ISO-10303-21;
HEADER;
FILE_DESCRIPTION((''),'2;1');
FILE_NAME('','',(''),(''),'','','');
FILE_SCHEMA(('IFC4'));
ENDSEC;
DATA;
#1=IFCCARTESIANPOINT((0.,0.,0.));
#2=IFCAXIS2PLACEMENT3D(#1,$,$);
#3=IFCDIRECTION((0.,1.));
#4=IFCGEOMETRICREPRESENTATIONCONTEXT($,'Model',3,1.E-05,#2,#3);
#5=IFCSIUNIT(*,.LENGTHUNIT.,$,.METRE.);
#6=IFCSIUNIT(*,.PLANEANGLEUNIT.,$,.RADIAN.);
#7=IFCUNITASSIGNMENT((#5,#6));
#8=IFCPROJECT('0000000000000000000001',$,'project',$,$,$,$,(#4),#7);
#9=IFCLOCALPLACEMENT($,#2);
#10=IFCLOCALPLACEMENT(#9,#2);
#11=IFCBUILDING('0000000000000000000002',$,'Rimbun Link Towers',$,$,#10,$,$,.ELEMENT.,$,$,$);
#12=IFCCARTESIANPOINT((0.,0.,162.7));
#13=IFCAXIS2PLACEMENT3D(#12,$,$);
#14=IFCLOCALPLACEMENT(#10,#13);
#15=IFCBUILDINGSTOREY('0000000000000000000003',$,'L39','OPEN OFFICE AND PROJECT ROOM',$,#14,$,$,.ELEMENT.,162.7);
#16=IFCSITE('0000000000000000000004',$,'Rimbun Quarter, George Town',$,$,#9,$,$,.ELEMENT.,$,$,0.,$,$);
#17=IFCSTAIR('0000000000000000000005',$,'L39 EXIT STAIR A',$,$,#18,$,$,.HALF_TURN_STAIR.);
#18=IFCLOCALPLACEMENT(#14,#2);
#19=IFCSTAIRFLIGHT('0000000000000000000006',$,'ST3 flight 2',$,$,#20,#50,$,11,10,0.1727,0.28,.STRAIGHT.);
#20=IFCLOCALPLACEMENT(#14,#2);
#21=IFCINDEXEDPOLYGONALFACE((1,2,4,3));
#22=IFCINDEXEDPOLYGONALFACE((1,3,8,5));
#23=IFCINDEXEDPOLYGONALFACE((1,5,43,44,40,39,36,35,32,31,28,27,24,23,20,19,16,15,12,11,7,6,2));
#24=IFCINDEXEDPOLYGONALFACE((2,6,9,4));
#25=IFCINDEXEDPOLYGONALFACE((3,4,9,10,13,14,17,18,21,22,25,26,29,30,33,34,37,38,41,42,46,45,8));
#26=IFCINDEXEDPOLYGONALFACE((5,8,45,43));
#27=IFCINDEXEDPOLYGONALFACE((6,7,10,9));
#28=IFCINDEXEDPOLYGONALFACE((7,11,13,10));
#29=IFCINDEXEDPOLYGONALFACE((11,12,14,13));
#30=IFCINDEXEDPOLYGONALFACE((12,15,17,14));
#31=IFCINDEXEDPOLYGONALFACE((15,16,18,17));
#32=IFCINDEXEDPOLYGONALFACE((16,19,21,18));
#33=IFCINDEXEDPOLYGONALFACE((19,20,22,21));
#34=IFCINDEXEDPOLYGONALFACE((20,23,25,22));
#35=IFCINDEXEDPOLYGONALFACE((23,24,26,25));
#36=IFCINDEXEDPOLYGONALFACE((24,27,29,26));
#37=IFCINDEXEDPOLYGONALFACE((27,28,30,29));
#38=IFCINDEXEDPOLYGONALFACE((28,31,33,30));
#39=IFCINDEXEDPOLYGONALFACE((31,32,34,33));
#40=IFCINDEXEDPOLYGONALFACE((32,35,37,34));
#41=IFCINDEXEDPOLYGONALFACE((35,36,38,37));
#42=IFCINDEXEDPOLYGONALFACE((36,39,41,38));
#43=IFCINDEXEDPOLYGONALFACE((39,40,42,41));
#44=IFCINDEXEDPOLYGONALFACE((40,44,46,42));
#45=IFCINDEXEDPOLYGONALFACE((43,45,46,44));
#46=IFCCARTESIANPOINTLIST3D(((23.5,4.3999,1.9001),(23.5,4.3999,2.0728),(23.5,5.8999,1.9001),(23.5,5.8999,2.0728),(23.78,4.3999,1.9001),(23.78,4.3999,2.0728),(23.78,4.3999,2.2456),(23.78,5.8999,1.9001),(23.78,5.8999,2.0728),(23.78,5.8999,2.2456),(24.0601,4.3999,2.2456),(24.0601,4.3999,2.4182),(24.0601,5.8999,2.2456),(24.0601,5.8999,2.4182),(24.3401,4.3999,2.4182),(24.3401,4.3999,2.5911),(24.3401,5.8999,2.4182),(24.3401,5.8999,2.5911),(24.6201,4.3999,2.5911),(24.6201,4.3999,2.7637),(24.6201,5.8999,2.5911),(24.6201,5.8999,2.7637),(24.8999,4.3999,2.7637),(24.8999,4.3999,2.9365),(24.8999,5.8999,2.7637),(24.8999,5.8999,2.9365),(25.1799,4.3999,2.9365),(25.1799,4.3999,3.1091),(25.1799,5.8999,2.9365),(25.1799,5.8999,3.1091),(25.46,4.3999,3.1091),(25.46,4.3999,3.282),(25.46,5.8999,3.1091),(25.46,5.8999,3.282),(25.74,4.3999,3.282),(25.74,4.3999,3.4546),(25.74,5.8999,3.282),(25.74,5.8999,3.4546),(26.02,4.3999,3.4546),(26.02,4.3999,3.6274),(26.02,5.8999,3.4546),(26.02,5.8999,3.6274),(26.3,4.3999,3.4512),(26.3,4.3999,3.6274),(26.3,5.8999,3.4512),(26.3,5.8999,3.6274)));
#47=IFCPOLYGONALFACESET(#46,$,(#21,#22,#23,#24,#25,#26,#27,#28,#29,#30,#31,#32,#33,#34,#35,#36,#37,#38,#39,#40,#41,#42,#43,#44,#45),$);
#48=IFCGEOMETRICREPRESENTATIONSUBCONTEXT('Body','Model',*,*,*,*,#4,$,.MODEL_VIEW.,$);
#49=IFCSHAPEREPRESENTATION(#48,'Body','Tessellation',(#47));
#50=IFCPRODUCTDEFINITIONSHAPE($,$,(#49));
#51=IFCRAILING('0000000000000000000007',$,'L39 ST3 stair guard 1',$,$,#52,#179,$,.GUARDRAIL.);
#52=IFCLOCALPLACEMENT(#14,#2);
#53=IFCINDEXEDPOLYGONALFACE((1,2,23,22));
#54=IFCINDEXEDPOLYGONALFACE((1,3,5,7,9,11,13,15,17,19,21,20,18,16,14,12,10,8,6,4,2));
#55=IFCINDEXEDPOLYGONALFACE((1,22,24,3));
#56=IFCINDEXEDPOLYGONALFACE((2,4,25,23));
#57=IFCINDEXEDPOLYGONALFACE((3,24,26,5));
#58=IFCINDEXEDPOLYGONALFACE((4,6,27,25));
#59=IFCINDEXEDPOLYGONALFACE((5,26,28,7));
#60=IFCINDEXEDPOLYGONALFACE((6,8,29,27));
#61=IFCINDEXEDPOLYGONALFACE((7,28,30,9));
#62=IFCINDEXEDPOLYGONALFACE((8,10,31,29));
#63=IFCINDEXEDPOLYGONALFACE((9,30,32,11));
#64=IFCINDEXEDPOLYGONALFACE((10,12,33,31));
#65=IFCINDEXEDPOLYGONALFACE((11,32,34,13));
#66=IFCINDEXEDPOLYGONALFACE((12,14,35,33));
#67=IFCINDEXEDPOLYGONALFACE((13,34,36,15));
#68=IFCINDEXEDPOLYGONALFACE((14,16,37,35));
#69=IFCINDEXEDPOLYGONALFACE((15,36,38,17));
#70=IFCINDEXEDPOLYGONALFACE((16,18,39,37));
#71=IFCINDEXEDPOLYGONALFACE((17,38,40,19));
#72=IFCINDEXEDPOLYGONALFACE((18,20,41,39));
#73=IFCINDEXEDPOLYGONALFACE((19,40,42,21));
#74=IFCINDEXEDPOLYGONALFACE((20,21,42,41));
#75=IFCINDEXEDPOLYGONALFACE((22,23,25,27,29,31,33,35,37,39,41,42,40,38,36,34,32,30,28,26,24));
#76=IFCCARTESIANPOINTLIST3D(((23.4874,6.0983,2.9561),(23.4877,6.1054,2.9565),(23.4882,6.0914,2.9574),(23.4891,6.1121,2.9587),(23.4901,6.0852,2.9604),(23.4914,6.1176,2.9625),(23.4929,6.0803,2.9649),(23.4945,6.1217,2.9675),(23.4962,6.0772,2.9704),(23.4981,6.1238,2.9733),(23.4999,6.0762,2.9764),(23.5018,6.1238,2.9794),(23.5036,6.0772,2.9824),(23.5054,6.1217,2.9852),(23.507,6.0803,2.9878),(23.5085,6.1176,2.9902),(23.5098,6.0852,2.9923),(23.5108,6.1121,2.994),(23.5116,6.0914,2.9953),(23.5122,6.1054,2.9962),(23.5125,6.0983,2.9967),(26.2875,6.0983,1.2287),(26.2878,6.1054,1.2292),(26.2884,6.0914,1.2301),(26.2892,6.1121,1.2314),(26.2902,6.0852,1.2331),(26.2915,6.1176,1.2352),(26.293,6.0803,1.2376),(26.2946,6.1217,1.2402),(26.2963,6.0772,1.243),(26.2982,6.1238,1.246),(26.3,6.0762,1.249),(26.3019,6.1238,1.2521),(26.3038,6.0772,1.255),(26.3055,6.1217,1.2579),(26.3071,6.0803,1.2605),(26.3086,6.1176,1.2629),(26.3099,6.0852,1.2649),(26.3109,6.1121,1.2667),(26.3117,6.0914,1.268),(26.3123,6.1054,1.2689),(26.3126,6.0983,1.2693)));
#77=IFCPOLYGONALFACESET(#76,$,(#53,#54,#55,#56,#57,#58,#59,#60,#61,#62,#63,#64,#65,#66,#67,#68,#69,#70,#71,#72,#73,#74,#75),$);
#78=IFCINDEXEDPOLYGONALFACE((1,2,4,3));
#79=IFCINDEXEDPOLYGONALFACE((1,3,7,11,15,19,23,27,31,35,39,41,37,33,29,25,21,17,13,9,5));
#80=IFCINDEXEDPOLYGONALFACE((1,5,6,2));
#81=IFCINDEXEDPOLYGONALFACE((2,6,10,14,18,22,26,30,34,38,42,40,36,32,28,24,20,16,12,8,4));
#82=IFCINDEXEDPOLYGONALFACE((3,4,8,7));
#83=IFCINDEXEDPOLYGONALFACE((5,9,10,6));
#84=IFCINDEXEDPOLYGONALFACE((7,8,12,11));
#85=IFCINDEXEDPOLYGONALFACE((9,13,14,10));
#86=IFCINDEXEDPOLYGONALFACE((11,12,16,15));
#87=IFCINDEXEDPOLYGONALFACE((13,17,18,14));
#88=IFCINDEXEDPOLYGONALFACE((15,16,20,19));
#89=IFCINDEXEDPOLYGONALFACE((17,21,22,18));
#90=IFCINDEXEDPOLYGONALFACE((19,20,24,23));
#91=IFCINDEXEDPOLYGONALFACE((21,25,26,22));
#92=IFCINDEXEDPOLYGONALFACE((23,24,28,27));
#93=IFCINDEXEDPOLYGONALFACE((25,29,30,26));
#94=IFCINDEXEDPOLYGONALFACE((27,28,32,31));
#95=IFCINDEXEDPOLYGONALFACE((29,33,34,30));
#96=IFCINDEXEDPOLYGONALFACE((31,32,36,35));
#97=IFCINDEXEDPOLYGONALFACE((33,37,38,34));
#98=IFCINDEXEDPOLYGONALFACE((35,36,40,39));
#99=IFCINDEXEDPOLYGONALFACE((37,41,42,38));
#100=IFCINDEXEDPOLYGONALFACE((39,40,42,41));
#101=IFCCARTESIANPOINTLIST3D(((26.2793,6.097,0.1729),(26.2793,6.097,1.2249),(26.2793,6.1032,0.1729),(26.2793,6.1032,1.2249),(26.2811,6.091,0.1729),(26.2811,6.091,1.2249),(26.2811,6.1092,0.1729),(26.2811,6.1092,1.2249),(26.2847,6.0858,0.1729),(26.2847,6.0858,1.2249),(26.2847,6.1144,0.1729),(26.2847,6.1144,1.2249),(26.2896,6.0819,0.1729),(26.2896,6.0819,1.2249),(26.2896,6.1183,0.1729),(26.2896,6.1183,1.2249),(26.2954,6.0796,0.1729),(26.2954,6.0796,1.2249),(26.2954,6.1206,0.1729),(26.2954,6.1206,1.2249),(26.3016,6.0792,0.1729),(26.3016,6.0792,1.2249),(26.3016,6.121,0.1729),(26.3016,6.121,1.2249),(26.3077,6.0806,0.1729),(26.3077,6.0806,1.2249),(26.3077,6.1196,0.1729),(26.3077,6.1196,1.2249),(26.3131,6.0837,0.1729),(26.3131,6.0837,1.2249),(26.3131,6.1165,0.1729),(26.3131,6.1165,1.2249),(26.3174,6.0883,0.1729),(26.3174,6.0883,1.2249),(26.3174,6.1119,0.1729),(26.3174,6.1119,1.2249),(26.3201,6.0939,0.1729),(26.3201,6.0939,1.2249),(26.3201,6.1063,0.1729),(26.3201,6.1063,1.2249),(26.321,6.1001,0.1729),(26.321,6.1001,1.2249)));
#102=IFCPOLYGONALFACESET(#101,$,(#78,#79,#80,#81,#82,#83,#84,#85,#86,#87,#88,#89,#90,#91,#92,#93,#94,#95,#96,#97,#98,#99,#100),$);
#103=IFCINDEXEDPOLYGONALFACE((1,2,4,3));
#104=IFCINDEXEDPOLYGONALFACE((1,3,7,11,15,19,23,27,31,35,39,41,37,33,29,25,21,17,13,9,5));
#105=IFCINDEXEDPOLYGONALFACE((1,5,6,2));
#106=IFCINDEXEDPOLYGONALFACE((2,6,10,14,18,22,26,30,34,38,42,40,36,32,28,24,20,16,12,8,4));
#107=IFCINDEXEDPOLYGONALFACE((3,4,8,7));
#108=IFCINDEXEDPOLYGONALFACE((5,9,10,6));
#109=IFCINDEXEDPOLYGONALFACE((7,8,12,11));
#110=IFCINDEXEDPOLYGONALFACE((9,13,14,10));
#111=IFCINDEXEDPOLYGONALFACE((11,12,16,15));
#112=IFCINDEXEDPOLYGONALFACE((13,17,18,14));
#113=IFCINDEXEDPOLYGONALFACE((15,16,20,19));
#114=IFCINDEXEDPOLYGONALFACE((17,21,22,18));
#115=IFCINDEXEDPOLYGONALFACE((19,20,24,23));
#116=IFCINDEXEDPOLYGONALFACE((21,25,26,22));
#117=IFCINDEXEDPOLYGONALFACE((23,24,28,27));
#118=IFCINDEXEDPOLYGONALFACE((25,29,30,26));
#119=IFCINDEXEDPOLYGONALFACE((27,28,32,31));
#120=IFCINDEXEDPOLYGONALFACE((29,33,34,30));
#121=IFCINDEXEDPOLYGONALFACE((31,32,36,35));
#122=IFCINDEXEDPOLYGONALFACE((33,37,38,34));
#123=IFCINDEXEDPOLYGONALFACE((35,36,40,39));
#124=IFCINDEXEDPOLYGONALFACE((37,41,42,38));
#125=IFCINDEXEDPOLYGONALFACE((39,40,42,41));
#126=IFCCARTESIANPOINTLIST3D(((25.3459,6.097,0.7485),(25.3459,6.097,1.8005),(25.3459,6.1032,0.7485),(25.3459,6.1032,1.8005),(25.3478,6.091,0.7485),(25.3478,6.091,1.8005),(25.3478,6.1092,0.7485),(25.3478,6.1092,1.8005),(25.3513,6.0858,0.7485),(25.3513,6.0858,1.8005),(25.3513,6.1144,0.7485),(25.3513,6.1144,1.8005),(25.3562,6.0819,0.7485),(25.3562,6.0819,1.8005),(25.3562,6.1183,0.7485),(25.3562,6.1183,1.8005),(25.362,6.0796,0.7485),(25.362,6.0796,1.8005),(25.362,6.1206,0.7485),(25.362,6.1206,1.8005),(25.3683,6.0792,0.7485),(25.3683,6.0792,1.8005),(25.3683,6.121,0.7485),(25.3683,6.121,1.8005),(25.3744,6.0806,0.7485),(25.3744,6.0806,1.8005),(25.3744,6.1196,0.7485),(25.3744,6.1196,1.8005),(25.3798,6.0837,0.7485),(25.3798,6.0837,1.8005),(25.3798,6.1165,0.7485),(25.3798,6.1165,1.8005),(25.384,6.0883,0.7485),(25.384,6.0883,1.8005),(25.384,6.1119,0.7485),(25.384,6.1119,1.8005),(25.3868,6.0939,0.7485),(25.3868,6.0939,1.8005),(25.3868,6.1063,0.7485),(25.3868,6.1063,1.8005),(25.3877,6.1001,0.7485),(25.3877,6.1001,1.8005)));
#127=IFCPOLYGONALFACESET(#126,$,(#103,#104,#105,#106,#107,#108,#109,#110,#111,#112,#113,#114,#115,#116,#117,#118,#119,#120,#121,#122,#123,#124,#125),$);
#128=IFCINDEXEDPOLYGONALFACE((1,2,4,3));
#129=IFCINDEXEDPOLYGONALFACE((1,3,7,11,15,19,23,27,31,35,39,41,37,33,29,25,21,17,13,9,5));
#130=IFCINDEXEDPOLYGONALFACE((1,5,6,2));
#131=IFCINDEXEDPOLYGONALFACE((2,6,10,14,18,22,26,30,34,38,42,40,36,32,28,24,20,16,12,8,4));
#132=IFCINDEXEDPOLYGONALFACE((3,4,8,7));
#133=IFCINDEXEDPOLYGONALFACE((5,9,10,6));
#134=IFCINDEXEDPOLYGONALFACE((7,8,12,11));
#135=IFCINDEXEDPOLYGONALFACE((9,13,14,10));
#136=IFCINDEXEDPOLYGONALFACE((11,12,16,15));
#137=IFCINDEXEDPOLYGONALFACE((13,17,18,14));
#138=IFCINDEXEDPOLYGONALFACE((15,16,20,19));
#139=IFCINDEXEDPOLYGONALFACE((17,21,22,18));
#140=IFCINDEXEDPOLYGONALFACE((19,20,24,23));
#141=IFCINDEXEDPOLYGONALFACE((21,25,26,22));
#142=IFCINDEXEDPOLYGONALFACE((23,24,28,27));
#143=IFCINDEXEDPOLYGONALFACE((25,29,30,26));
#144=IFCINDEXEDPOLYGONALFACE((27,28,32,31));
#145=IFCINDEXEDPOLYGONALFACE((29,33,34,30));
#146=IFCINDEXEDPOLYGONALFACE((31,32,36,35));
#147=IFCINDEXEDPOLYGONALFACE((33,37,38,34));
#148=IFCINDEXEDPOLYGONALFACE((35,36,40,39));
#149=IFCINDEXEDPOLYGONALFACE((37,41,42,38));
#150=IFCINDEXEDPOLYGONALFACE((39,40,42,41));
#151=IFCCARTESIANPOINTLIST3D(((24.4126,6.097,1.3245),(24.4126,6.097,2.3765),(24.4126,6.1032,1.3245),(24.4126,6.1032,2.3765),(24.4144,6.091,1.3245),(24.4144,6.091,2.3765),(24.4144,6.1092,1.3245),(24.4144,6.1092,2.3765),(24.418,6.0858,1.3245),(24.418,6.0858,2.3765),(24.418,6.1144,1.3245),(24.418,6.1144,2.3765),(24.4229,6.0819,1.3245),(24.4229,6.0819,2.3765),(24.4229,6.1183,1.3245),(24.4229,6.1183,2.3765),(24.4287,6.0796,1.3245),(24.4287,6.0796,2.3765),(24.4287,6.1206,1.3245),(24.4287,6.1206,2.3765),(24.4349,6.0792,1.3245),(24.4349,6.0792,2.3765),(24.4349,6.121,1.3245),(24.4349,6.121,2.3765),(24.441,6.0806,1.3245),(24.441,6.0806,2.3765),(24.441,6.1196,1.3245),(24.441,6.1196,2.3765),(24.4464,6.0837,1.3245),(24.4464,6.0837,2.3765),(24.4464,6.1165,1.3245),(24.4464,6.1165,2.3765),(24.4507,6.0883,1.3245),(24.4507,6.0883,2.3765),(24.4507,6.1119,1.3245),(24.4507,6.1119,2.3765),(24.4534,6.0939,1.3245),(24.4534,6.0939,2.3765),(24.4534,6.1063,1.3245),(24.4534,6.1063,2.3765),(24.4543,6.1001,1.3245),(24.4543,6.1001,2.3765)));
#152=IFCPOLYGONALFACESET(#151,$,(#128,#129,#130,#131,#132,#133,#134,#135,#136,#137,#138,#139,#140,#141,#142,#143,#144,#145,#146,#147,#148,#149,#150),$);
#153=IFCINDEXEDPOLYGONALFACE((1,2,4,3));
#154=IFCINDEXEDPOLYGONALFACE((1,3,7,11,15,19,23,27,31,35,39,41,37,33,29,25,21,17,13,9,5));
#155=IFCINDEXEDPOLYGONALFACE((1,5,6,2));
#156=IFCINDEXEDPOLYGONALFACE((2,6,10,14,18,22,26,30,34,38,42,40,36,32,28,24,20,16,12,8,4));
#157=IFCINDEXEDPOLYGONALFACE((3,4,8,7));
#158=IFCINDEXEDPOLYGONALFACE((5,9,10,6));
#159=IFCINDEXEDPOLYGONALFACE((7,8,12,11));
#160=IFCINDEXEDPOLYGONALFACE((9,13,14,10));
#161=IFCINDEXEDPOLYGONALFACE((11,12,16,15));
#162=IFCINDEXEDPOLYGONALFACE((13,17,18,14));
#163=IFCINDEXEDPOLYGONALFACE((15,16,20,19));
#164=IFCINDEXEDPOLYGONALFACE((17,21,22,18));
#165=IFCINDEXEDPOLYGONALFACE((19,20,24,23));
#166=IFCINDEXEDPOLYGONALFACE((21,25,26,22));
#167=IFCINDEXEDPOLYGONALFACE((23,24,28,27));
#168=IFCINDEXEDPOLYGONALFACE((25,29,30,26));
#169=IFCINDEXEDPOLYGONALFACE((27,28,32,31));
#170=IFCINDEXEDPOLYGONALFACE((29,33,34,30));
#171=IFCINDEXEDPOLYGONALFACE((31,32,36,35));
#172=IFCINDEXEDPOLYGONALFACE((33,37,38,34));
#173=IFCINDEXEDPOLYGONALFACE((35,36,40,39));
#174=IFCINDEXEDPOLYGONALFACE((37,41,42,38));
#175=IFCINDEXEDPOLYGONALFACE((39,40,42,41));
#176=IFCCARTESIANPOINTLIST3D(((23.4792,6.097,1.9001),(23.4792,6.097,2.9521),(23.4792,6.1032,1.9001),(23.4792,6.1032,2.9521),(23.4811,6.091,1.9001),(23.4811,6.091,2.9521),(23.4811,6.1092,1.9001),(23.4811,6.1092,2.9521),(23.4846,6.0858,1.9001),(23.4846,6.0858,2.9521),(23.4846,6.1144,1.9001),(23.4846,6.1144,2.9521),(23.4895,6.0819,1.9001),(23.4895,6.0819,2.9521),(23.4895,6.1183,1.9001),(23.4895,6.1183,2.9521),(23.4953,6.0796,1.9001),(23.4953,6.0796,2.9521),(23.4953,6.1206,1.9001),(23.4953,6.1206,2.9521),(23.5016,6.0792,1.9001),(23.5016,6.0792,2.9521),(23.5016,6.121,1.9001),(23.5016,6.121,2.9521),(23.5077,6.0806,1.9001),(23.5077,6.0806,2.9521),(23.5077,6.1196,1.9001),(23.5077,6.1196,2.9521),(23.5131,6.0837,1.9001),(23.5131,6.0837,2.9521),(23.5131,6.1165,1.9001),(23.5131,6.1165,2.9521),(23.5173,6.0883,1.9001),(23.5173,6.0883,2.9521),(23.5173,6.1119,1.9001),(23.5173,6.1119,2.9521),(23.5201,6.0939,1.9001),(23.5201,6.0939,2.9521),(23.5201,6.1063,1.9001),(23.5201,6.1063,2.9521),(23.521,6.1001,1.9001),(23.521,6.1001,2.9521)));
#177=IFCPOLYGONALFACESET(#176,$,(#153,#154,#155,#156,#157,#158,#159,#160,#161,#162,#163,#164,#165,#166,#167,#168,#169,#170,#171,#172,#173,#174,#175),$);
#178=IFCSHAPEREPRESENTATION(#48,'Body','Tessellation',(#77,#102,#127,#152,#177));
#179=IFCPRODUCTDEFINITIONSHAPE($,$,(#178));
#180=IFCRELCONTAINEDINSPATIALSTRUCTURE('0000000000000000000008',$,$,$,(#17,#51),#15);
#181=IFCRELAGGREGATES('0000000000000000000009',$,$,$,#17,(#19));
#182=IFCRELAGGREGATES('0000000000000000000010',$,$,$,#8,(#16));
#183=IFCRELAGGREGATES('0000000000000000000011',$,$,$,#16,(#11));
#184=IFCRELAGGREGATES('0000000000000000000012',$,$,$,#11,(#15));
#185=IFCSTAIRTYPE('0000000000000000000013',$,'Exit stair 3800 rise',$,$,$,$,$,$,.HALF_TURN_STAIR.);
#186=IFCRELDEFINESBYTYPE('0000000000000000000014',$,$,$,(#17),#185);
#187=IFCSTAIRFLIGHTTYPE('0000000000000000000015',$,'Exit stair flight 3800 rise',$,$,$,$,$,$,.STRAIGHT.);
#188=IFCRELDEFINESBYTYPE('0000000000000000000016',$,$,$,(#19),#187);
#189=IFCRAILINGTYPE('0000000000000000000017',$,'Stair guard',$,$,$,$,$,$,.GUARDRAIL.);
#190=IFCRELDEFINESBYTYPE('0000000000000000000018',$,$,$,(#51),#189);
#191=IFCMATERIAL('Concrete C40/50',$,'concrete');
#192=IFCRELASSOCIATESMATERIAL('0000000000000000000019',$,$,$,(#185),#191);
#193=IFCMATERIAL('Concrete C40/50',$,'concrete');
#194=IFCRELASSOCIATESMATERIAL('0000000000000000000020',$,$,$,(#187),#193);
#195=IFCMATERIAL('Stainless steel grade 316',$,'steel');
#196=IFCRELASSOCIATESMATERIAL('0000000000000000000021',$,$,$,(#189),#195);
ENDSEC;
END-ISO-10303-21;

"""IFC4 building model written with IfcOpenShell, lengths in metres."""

from ifc_helpers import new_model, si_unit, direction, frame, origin, origin_2d, place, context, subcontext, project, spatial, polyline, circle, outline, extrude, material, type_object, element, aggregate, save


model = new_model("IFC4")

# Units and contexts
model_context = context("Model", 3, precision=1e-05, world=origin(), true_north=direction((0.0, 1.0)))
body_context = subcontext(model_context, "Body", "Model", "MODEL_VIEW")
ifc_project = project(units=[si_unit("LENGTHUNIT", "METRE"), si_unit("PLANEANGLEUNIT", "RADIAN")], contexts=[model_context])

# Site, building, storey
site_placement = place(None, origin())
site = spatial("IfcSite", under=ifc_project, at=site_placement, Name="Rimbun Quarter, George Town", CompositionType="ELEMENT", RefElevation=0.0)
building_placement = place(site_placement, origin())
building = spatial("IfcBuilding", under=site, at=building_placement, Name="Rimbun Link Towers", CompositionType="ELEMENT")
storey_placement = place(building_placement, frame((0.0, 0.0, 162.7)))
storey = spatial("IfcBuildingStorey", under=building, at=storey_placement, Name="L39", Description="OPEN OFFICE AND PROJECT ROOM", CompositionType="ELEMENT", Elevation=162.7)

# Stair, stair flight
ifc_material_1 = material(Name="Concrete C40/50", Category="concrete")
stair_type = type_object("IfcStairType", Name="Exit stair 3800 rise", PredefinedType="HALF_TURN_STAIR", material=ifc_material_1)
stair_placement = place(storey_placement, origin())
stair = element("IfcStair", 1, at=stair_placement, inside=storey, type_object=stair_type, Name="L39 EXIT STAIR A", PredefinedType="HALF_TURN_STAIR")
ifc_material_2 = material(Name="Concrete C40/50", Category="concrete")
stair_flight_type = type_object("IfcStairFlightType", Name="Exit stair flight 3800 rise", PredefinedType="STRAIGHT", material=ifc_material_2)
stair_flight_1_placement = place(storey_placement, frame((23.5, 5.1499, 1.9001), z_axis=(0.0, 0.0, 1.0), x_axis=(1.0, 0.0, 0.0)))
stair_flight_1 = element("IfcStairFlight", 2, at=stair_flight_1_placement, type_object=stair_flight_type, Name="ST3 flight 2", NumberOfRisers=11, NumberOfTreads=10, PredefinedType="STRAIGHT", RiserHeight=0.1727, TreadLength=0.28, context=body_context, shape_type="SweptSolid", body=[
    extrude(outline(polyline([(0.0, 0.0), (0.0, 0.1726), (0.28, 0.1726), (0.28, 0.3455), (0.5601, 0.3455), (0.5601, 0.5181), (0.8401, 0.5181), (0.8401, 0.6909), (1.1201, 0.6909), (1.1201, 0.8635), (1.3999, 0.8635), (1.3999, 1.0364), (1.6799, 1.0364), (1.6799, 1.209), (1.96, 1.209), (1.96, 1.3818), (2.24, 1.3818), (2.24, 1.5544), (2.52, 1.5544), (2.52, 1.7273), (2.8, 1.7273), (2.8, 1.8999), (2.8, 1.551), (0.28, 0.0), (0.0, 0.0)])), frame((0.0, 0.75, 0.0), z_axis=(0.0, -1.0, 0.0), x_axis=(1.0, 0.0, 0.0)), (0.0, 0.0, 1.0), 1.5),
])
aggregate(stair, [stair_flight_1])

# Railing
ifc_material_3 = material(Name="Stainless steel grade 316", Category="steel")
railing_type_1 = type_object("IfcRailingType", Name="Stair guard", PredefinedType="GUARDRAIL", material=ifc_material_3)
railing_1_placement = place(storey_placement, frame((26.3, 6.1001, 0.1729)))
element("IfcRailing", 3, at=railing_1_placement, inside=storey, type_object=railing_type_1, Name="L39 ST3 stair guard 1", PredefinedType="GUARDRAIL", context=body_context, shape_type="SweptSolid", body=[
    extrude(circle(Radius=0.0239, at=origin_2d()), frame((0.0, 0.0, 1.0762), z_axis=(-0.85109, 0.0, 0.52502), x_axis=(0.0, -1.0, 0.0)), (0.0, 0.0, 1.0), 3.29),
    extrude(circle(Radius=0.021, at=origin_2d()), origin(), (0.0, 0.0, 1.0), 1.052),
    extrude(circle(Radius=0.021, at=origin_2d()), frame((-0.9333, 0.0, 0.5757)), (0.0, 0.0, 1.0), 1.052),
    extrude(circle(Radius=0.021, at=origin_2d()), frame((-1.8667, 0.0, 1.1516)), (0.0, 0.0, 1.0), 1.052),
    extrude(circle(Radius=0.021, at=origin_2d()), frame((-2.8, 0.0, 1.7273)), (0.0, 0.0, 1.0), 1.052),
])

save(model, "model.ifc")
